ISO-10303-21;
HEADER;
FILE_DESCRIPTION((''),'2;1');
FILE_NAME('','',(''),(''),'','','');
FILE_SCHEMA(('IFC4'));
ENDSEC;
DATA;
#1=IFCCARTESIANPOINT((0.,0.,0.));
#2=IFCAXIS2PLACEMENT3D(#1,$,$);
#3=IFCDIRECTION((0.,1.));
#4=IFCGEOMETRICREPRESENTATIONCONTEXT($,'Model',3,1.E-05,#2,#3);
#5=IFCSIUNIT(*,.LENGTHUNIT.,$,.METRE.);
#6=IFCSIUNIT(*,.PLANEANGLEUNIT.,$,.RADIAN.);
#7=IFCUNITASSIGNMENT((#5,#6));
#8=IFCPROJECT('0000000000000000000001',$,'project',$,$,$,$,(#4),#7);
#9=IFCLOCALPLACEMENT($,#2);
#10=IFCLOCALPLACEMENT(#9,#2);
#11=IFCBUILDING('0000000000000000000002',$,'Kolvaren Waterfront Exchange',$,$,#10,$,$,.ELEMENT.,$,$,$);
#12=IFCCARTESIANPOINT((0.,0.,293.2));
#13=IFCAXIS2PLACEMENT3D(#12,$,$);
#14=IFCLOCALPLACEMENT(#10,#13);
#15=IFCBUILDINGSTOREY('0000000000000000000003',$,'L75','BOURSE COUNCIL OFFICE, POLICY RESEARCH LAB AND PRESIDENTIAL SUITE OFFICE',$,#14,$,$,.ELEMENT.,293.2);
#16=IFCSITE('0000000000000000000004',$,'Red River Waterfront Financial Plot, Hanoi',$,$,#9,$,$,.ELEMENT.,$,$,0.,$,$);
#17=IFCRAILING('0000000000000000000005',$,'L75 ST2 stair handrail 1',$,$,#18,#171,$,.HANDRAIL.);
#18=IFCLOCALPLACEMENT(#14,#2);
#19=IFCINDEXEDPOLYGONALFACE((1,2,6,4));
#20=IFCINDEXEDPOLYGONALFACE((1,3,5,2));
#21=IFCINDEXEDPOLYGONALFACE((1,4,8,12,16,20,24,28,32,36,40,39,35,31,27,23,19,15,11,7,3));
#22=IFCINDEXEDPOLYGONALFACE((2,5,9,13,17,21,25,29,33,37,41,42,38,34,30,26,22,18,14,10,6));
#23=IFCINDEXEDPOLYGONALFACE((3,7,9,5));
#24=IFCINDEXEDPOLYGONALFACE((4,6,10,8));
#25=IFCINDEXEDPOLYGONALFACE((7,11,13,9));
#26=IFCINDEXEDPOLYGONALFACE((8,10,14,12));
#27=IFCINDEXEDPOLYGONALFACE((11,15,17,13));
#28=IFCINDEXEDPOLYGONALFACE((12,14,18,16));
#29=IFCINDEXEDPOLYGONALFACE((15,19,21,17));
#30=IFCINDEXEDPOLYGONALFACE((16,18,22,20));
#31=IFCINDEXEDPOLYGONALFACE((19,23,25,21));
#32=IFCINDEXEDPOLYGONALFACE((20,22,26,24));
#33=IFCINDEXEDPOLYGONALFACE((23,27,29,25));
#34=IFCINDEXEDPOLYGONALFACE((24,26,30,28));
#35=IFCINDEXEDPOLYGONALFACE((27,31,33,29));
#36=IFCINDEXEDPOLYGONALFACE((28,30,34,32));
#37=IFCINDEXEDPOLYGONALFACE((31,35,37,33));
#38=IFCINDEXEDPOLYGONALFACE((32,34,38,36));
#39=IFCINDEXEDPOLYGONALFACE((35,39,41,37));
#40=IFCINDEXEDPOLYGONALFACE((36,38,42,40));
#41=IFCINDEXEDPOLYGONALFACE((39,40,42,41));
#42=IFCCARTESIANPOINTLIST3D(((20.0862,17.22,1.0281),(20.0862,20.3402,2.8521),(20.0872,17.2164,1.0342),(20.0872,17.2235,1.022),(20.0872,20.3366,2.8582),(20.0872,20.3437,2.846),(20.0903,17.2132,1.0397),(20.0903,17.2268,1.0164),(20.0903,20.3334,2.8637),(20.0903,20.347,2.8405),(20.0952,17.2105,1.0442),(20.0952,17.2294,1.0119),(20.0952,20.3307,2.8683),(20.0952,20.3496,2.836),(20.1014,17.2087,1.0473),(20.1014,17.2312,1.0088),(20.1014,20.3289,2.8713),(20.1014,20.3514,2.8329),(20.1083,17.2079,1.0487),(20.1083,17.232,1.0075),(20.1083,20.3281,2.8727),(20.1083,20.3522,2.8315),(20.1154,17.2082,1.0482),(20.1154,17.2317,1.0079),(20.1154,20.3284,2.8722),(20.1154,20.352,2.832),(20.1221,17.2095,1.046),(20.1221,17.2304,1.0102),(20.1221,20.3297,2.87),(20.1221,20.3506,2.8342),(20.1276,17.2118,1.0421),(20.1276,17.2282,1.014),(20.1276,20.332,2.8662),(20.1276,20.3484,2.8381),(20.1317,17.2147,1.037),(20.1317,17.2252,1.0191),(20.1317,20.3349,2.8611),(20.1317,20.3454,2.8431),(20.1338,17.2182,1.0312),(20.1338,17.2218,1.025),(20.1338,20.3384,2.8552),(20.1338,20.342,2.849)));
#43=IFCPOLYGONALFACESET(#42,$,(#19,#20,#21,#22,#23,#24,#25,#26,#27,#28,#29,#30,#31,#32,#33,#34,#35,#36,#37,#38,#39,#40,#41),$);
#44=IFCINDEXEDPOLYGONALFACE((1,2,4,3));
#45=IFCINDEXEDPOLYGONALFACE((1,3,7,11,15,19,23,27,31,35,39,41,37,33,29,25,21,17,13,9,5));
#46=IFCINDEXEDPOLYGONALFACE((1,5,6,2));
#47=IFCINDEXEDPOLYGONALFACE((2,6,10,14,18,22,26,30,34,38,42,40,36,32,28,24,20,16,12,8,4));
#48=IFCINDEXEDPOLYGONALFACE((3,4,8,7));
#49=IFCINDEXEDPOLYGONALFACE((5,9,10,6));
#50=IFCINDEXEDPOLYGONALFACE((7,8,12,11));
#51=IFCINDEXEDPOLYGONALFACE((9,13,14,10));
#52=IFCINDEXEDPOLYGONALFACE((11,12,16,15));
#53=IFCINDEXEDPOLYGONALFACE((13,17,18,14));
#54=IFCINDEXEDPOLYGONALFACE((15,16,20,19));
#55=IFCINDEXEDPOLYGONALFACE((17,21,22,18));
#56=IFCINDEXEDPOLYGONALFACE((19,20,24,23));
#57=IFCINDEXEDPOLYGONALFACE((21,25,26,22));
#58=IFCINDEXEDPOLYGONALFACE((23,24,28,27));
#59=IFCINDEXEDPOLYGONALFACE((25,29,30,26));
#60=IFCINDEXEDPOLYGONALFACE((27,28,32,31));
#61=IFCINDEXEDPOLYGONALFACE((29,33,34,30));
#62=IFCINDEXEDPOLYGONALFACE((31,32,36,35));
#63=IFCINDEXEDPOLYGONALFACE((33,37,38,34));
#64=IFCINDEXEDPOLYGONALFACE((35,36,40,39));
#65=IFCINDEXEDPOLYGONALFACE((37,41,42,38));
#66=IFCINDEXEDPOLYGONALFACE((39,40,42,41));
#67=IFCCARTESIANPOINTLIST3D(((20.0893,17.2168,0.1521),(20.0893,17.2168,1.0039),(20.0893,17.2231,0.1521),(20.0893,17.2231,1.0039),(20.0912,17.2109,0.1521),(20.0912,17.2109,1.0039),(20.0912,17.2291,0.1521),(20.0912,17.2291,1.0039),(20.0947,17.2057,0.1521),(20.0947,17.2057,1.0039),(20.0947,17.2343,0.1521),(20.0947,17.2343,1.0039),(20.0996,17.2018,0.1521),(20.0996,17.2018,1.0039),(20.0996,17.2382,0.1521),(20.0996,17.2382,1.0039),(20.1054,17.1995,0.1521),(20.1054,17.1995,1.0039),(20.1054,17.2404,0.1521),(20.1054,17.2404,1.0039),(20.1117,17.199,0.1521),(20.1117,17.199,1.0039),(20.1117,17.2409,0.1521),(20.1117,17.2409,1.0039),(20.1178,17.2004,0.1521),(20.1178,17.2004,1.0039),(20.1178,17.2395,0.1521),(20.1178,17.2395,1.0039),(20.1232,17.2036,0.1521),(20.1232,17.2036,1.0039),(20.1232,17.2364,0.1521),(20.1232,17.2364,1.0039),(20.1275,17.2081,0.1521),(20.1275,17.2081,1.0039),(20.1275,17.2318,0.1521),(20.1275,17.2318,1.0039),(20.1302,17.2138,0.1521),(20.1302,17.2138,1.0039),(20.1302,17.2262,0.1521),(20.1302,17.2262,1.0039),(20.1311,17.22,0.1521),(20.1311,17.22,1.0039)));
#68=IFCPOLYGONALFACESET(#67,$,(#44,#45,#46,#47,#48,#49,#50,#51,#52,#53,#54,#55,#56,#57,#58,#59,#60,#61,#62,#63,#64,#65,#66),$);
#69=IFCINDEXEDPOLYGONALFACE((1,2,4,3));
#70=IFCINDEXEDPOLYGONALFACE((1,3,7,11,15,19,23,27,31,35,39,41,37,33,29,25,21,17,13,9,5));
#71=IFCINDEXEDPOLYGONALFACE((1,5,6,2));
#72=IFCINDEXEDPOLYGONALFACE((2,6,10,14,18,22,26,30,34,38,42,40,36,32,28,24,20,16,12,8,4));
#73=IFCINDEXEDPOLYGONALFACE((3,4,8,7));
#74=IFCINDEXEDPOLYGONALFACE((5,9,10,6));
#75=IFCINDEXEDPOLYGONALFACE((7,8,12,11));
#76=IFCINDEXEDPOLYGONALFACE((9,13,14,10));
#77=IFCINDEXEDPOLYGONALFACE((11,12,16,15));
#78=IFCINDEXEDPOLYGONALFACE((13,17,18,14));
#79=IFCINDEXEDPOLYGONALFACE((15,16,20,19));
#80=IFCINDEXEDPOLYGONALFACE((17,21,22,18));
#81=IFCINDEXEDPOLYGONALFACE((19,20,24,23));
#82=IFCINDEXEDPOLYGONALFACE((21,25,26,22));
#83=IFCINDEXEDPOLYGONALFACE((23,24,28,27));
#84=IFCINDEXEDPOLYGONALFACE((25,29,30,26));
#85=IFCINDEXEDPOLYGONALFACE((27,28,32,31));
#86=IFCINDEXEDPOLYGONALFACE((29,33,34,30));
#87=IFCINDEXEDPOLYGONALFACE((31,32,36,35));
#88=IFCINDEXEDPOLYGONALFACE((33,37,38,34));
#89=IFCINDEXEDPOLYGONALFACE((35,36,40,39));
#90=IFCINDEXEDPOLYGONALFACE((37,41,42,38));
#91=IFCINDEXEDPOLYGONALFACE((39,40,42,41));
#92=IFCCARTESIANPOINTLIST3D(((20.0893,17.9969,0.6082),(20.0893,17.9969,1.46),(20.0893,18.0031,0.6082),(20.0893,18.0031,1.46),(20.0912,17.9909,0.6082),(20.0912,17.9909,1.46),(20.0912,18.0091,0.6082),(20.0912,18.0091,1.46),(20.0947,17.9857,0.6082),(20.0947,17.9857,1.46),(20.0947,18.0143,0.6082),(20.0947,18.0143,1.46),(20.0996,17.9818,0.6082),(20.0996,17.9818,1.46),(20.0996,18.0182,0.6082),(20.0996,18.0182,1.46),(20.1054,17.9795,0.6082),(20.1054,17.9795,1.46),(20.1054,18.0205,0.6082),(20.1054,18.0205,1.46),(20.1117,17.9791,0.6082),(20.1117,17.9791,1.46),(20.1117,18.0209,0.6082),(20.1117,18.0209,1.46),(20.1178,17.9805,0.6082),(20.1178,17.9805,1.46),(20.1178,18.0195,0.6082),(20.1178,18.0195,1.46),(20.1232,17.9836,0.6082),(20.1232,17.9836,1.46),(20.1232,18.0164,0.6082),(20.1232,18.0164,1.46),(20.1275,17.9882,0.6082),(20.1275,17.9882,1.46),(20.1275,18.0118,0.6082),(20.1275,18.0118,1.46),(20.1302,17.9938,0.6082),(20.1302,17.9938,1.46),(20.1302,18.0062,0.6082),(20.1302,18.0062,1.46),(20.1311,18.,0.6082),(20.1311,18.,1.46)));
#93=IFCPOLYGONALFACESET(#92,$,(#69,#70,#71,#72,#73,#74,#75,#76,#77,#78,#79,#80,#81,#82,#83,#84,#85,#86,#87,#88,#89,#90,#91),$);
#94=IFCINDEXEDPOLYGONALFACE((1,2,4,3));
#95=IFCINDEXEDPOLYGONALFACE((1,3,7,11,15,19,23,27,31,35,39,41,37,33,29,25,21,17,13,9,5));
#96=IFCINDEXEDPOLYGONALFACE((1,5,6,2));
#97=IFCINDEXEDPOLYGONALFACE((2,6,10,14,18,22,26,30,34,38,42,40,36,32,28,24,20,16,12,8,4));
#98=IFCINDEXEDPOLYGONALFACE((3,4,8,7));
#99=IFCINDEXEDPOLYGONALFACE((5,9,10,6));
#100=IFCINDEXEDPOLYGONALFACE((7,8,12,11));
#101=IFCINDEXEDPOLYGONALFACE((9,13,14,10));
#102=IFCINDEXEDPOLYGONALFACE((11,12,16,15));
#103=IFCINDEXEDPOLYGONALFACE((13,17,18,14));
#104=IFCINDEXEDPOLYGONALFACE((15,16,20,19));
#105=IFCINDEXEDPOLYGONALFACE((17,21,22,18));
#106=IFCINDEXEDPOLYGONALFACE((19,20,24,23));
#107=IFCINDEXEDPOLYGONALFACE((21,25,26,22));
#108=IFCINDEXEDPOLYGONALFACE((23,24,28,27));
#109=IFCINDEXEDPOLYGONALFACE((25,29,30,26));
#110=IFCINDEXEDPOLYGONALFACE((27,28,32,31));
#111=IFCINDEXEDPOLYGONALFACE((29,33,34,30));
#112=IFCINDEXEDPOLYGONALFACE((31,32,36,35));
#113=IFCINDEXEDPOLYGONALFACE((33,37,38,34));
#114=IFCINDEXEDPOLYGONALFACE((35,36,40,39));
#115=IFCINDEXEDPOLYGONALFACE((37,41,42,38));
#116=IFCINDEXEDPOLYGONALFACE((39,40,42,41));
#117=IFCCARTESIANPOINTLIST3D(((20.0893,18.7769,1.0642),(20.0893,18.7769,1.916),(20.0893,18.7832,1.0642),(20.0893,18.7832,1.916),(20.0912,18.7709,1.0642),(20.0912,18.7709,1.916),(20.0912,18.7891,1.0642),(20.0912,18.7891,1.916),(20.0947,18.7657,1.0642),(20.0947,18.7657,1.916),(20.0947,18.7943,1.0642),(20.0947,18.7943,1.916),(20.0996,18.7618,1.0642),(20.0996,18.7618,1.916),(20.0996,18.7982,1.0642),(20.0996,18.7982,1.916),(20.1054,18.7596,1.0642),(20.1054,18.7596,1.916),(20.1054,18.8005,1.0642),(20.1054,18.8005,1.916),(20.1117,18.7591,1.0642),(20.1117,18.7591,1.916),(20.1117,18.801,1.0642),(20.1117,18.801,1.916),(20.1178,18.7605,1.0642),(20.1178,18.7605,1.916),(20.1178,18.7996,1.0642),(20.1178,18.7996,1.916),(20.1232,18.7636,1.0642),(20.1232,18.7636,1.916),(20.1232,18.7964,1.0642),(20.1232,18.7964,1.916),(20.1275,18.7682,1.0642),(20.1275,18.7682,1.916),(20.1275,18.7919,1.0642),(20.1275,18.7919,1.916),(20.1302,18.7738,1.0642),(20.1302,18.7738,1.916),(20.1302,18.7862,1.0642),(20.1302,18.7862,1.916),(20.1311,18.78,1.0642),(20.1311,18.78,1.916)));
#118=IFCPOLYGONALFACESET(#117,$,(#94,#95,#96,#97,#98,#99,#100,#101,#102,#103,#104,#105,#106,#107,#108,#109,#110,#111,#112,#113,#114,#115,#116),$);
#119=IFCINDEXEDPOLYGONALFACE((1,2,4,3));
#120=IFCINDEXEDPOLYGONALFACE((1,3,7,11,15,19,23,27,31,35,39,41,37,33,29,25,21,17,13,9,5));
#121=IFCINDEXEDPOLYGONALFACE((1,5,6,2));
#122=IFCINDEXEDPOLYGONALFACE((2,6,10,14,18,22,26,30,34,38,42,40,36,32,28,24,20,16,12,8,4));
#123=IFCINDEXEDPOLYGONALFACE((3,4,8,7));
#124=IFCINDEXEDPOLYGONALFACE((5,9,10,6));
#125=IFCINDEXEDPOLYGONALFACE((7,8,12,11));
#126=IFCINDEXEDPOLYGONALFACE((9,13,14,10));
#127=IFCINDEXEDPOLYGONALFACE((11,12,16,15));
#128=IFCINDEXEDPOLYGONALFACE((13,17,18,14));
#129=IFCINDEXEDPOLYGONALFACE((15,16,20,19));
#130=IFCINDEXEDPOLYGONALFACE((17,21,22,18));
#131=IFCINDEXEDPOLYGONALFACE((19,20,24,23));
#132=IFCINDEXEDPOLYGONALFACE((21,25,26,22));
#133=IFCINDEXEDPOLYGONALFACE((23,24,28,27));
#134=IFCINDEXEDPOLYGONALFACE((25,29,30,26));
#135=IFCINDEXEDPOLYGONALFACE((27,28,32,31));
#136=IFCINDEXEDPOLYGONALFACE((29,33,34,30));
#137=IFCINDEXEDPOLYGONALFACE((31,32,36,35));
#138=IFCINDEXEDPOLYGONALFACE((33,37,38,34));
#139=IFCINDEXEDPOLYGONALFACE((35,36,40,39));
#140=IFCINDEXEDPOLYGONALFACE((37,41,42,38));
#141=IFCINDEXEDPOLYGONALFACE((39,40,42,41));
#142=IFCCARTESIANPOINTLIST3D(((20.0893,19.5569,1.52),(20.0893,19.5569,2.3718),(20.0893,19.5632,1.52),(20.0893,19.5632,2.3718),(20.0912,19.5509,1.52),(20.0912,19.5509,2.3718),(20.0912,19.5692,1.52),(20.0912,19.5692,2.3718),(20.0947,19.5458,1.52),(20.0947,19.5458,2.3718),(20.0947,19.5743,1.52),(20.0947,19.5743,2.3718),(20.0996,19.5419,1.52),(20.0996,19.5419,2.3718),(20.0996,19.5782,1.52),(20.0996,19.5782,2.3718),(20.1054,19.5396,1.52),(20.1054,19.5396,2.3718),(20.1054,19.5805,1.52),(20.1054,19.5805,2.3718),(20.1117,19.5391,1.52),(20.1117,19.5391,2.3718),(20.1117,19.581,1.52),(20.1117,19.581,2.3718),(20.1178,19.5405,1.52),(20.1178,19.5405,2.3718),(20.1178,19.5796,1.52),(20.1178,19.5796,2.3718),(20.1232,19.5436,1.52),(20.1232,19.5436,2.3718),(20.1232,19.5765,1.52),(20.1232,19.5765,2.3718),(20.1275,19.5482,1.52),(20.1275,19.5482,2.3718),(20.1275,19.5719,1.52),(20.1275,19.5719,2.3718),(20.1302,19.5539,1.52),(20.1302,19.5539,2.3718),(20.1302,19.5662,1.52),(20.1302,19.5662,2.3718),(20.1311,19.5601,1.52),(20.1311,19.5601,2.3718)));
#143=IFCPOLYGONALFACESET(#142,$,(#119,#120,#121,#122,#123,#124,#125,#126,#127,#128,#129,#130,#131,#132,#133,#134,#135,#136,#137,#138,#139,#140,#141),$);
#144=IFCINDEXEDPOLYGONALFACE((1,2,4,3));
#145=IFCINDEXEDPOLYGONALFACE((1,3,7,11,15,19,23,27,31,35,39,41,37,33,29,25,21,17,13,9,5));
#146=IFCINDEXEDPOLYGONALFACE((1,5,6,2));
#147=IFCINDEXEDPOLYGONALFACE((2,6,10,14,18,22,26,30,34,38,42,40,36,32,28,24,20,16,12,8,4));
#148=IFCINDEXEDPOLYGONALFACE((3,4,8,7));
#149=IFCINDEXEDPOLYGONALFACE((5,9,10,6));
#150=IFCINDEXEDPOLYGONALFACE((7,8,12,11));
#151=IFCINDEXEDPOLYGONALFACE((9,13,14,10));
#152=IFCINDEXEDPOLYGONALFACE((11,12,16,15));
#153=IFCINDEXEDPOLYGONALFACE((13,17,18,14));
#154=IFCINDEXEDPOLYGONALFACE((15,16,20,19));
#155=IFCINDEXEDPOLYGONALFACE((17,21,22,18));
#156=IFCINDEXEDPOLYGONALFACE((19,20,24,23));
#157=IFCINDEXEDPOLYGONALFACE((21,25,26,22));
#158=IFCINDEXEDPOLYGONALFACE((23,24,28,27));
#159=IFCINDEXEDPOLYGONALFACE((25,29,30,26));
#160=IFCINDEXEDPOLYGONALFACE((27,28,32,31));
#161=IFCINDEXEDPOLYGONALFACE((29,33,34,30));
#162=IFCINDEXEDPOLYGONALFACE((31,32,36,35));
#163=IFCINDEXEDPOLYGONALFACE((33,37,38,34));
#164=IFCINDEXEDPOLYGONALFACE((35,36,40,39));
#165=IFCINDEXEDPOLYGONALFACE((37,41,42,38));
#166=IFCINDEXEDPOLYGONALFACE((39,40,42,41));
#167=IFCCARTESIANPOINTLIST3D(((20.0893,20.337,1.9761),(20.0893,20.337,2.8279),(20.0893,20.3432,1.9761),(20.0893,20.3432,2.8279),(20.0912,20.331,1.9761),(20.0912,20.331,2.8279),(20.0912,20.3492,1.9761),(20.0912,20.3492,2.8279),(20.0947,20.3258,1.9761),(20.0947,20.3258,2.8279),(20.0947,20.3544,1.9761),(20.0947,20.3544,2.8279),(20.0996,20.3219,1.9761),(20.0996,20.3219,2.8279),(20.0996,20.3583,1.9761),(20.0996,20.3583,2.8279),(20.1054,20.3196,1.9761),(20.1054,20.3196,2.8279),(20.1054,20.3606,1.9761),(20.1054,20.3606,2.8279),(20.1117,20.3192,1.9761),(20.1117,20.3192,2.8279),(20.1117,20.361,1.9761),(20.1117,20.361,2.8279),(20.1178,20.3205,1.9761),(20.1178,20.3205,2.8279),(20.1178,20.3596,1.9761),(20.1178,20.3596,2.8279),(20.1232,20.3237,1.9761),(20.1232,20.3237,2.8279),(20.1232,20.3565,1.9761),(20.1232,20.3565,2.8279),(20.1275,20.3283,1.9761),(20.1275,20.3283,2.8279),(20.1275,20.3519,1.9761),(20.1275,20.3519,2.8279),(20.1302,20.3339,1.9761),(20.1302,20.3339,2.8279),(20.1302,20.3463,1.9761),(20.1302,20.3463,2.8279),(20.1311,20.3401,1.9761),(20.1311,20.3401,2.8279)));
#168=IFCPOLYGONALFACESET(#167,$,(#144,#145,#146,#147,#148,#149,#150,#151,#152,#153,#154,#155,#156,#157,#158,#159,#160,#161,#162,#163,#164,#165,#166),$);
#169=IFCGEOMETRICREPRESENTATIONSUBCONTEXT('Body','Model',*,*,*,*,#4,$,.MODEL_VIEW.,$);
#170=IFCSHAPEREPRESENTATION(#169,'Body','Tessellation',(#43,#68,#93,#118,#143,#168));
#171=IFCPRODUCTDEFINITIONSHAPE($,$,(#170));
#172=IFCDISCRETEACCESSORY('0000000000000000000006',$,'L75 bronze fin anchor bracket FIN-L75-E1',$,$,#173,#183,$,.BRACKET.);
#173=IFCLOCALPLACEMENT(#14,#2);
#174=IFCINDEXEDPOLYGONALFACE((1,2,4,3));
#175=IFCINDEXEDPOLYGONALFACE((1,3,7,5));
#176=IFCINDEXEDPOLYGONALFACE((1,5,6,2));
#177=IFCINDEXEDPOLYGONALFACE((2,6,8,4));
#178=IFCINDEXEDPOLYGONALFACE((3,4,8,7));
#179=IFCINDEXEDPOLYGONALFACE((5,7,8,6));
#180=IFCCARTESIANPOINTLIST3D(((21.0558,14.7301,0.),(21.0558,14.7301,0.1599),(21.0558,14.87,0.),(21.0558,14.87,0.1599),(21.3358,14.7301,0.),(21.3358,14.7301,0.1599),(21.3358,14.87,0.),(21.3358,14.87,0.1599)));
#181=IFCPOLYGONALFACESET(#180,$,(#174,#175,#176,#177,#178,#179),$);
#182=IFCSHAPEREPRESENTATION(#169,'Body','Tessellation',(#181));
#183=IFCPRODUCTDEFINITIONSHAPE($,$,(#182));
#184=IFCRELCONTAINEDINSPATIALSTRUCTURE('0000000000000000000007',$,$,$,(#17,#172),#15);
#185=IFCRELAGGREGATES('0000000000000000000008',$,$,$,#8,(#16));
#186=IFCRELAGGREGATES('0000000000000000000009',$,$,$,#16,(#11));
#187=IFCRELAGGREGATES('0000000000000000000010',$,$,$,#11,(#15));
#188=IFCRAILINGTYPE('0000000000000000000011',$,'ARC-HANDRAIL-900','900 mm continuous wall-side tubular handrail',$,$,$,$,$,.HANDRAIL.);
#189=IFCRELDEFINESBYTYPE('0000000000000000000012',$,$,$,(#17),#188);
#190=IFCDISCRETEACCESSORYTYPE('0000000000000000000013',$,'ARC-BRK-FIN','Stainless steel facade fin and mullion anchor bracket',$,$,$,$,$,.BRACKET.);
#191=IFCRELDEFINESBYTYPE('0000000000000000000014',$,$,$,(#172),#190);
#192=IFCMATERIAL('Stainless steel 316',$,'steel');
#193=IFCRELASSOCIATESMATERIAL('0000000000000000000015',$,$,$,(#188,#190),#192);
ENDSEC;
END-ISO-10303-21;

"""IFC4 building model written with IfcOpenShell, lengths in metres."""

from ifc_helpers import new_model, si_unit, direction, frame, origin, origin_with_axes, origin_2d, place, context, subcontext, project, spatial, rectangle, circle, extrude, source, transform, mapped, material, type_object, element, save


model = new_model("IFC4")

# Units and contexts
model_context = context("Model", 3, precision=1e-05, world=origin(), true_north=direction((0.0, 1.0)))
body_context = subcontext(model_context, "Body", "Model", "MODEL_VIEW")
ifc_project = project(units=[si_unit("LENGTHUNIT", "METRE"), si_unit("PLANEANGLEUNIT", "RADIAN")], contexts=[model_context])

# Site, building, storey
site_placement = place(None, origin())
site = spatial("IfcSite", under=ifc_project, at=site_placement, Name="Red River Waterfront Financial Plot, Hanoi", CompositionType="ELEMENT", RefElevation=0.0)
building_placement = place(site_placement, origin())
building = spatial("IfcBuilding", under=site, at=building_placement, Name="Kolvaren Waterfront Exchange", CompositionType="ELEMENT")
storey_placement = place(building_placement, frame((0.0, 0.0, 293.2)))
storey = spatial("IfcBuildingStorey", under=building, at=storey_placement, Name="L75", Description="BOURSE COUNCIL OFFICE, POLICY RESEARCH LAB AND PRESIDENTIAL SUITE OFFICE", CompositionType="ELEMENT", Elevation=293.2)

# Railing
ifc_material_1 = material(Name="Stainless steel 316", Category="steel")
railing_type_1 = type_object("IfcRailingType", Name="ARC-HANDRAIL-900", Description="900 mm continuous wall-side tubular handrail", PredefinedType="HANDRAIL", material=ifc_material_1)
railing_1_placement = place(storey_placement, frame((20.1101, 17.22, 0.1521)))
element("IfcRailing", 1, at=railing_1_placement, inside=storey, type_object=railing_type_1, Name="L75 ST2 stair handrail 1", PredefinedType="HANDRAIL", context=body_context, shape_type="SweptSolid", body=[
    extrude(circle(Radius=0.0239, at=origin_2d()), frame((0.0, 0.0, 0.876), z_axis=(0.0, 0.863308, 0.504677), x_axis=(-1.0, 0.0, 0.0)), (0.0, 0.0, 1.0), 3.6143),
    extrude(circle(Radius=0.021, at=origin_2d()), origin(), (0.0, 0.0, 1.0), 0.8518),
    extrude(circle(Radius=0.021, at=origin_2d()), frame((0.0, 0.78, 0.4561)), (0.0, 0.0, 1.0), 0.8518),
    extrude(circle(Radius=0.021, at=origin_2d()), frame((0.0, 1.5601, 0.9121)), (0.0, 0.0, 1.0), 0.8518),
    extrude(circle(Radius=0.021, at=origin_2d()), frame((0.0, 2.3401, 1.3679)), (0.0, 0.0, 1.0), 0.8518),
    extrude(circle(Radius=0.021, at=origin_2d()), frame((0.0, 3.1201, 1.824)), (0.0, 0.0, 1.0), 0.8518),
])

# Discrete accessory
discrete_accessory_type = type_object("IfcDiscreteAccessoryType", Name="ARC-BRK-FIN", Description="Stainless steel facade fin and mullion anchor bracket", PredefinedType="BRACKET", material=ifc_material_1)
shared_shape = source(origin_with_axes(), body_context, "Body", "SweptSolid", [
    extrude(rectangle(XDim=0.28, YDim=0.1399, at=origin_2d()), origin(), (0.0, 0.0, 1.0), 0.1599),
])
discrete_accessory_placement = place(storey_placement, frame((21.1958, 14.8, 0.0), z_axis=(0.0, 0.0, 1.0), x_axis=(1.0, 0.0, 0.0)))
element("IfcDiscreteAccessory", 2, at=discrete_accessory_placement, inside=storey, type_object=discrete_accessory_type, Name="L75 bronze fin anchor bracket FIN-L75-E1", PredefinedType="BRACKET", context=body_context, shape_type="MappedRepresentation", body=[
    mapped(shared_shape, transform((0.0, 0.0, 0.0), x_axis=(1.0, 0.0, 0.0), y_axis=(0.0, 1.0, 0.0), z_axis=(0.0, 0.0, 1.0), scale=1.0)),
])

save(model, "model.ifc")
